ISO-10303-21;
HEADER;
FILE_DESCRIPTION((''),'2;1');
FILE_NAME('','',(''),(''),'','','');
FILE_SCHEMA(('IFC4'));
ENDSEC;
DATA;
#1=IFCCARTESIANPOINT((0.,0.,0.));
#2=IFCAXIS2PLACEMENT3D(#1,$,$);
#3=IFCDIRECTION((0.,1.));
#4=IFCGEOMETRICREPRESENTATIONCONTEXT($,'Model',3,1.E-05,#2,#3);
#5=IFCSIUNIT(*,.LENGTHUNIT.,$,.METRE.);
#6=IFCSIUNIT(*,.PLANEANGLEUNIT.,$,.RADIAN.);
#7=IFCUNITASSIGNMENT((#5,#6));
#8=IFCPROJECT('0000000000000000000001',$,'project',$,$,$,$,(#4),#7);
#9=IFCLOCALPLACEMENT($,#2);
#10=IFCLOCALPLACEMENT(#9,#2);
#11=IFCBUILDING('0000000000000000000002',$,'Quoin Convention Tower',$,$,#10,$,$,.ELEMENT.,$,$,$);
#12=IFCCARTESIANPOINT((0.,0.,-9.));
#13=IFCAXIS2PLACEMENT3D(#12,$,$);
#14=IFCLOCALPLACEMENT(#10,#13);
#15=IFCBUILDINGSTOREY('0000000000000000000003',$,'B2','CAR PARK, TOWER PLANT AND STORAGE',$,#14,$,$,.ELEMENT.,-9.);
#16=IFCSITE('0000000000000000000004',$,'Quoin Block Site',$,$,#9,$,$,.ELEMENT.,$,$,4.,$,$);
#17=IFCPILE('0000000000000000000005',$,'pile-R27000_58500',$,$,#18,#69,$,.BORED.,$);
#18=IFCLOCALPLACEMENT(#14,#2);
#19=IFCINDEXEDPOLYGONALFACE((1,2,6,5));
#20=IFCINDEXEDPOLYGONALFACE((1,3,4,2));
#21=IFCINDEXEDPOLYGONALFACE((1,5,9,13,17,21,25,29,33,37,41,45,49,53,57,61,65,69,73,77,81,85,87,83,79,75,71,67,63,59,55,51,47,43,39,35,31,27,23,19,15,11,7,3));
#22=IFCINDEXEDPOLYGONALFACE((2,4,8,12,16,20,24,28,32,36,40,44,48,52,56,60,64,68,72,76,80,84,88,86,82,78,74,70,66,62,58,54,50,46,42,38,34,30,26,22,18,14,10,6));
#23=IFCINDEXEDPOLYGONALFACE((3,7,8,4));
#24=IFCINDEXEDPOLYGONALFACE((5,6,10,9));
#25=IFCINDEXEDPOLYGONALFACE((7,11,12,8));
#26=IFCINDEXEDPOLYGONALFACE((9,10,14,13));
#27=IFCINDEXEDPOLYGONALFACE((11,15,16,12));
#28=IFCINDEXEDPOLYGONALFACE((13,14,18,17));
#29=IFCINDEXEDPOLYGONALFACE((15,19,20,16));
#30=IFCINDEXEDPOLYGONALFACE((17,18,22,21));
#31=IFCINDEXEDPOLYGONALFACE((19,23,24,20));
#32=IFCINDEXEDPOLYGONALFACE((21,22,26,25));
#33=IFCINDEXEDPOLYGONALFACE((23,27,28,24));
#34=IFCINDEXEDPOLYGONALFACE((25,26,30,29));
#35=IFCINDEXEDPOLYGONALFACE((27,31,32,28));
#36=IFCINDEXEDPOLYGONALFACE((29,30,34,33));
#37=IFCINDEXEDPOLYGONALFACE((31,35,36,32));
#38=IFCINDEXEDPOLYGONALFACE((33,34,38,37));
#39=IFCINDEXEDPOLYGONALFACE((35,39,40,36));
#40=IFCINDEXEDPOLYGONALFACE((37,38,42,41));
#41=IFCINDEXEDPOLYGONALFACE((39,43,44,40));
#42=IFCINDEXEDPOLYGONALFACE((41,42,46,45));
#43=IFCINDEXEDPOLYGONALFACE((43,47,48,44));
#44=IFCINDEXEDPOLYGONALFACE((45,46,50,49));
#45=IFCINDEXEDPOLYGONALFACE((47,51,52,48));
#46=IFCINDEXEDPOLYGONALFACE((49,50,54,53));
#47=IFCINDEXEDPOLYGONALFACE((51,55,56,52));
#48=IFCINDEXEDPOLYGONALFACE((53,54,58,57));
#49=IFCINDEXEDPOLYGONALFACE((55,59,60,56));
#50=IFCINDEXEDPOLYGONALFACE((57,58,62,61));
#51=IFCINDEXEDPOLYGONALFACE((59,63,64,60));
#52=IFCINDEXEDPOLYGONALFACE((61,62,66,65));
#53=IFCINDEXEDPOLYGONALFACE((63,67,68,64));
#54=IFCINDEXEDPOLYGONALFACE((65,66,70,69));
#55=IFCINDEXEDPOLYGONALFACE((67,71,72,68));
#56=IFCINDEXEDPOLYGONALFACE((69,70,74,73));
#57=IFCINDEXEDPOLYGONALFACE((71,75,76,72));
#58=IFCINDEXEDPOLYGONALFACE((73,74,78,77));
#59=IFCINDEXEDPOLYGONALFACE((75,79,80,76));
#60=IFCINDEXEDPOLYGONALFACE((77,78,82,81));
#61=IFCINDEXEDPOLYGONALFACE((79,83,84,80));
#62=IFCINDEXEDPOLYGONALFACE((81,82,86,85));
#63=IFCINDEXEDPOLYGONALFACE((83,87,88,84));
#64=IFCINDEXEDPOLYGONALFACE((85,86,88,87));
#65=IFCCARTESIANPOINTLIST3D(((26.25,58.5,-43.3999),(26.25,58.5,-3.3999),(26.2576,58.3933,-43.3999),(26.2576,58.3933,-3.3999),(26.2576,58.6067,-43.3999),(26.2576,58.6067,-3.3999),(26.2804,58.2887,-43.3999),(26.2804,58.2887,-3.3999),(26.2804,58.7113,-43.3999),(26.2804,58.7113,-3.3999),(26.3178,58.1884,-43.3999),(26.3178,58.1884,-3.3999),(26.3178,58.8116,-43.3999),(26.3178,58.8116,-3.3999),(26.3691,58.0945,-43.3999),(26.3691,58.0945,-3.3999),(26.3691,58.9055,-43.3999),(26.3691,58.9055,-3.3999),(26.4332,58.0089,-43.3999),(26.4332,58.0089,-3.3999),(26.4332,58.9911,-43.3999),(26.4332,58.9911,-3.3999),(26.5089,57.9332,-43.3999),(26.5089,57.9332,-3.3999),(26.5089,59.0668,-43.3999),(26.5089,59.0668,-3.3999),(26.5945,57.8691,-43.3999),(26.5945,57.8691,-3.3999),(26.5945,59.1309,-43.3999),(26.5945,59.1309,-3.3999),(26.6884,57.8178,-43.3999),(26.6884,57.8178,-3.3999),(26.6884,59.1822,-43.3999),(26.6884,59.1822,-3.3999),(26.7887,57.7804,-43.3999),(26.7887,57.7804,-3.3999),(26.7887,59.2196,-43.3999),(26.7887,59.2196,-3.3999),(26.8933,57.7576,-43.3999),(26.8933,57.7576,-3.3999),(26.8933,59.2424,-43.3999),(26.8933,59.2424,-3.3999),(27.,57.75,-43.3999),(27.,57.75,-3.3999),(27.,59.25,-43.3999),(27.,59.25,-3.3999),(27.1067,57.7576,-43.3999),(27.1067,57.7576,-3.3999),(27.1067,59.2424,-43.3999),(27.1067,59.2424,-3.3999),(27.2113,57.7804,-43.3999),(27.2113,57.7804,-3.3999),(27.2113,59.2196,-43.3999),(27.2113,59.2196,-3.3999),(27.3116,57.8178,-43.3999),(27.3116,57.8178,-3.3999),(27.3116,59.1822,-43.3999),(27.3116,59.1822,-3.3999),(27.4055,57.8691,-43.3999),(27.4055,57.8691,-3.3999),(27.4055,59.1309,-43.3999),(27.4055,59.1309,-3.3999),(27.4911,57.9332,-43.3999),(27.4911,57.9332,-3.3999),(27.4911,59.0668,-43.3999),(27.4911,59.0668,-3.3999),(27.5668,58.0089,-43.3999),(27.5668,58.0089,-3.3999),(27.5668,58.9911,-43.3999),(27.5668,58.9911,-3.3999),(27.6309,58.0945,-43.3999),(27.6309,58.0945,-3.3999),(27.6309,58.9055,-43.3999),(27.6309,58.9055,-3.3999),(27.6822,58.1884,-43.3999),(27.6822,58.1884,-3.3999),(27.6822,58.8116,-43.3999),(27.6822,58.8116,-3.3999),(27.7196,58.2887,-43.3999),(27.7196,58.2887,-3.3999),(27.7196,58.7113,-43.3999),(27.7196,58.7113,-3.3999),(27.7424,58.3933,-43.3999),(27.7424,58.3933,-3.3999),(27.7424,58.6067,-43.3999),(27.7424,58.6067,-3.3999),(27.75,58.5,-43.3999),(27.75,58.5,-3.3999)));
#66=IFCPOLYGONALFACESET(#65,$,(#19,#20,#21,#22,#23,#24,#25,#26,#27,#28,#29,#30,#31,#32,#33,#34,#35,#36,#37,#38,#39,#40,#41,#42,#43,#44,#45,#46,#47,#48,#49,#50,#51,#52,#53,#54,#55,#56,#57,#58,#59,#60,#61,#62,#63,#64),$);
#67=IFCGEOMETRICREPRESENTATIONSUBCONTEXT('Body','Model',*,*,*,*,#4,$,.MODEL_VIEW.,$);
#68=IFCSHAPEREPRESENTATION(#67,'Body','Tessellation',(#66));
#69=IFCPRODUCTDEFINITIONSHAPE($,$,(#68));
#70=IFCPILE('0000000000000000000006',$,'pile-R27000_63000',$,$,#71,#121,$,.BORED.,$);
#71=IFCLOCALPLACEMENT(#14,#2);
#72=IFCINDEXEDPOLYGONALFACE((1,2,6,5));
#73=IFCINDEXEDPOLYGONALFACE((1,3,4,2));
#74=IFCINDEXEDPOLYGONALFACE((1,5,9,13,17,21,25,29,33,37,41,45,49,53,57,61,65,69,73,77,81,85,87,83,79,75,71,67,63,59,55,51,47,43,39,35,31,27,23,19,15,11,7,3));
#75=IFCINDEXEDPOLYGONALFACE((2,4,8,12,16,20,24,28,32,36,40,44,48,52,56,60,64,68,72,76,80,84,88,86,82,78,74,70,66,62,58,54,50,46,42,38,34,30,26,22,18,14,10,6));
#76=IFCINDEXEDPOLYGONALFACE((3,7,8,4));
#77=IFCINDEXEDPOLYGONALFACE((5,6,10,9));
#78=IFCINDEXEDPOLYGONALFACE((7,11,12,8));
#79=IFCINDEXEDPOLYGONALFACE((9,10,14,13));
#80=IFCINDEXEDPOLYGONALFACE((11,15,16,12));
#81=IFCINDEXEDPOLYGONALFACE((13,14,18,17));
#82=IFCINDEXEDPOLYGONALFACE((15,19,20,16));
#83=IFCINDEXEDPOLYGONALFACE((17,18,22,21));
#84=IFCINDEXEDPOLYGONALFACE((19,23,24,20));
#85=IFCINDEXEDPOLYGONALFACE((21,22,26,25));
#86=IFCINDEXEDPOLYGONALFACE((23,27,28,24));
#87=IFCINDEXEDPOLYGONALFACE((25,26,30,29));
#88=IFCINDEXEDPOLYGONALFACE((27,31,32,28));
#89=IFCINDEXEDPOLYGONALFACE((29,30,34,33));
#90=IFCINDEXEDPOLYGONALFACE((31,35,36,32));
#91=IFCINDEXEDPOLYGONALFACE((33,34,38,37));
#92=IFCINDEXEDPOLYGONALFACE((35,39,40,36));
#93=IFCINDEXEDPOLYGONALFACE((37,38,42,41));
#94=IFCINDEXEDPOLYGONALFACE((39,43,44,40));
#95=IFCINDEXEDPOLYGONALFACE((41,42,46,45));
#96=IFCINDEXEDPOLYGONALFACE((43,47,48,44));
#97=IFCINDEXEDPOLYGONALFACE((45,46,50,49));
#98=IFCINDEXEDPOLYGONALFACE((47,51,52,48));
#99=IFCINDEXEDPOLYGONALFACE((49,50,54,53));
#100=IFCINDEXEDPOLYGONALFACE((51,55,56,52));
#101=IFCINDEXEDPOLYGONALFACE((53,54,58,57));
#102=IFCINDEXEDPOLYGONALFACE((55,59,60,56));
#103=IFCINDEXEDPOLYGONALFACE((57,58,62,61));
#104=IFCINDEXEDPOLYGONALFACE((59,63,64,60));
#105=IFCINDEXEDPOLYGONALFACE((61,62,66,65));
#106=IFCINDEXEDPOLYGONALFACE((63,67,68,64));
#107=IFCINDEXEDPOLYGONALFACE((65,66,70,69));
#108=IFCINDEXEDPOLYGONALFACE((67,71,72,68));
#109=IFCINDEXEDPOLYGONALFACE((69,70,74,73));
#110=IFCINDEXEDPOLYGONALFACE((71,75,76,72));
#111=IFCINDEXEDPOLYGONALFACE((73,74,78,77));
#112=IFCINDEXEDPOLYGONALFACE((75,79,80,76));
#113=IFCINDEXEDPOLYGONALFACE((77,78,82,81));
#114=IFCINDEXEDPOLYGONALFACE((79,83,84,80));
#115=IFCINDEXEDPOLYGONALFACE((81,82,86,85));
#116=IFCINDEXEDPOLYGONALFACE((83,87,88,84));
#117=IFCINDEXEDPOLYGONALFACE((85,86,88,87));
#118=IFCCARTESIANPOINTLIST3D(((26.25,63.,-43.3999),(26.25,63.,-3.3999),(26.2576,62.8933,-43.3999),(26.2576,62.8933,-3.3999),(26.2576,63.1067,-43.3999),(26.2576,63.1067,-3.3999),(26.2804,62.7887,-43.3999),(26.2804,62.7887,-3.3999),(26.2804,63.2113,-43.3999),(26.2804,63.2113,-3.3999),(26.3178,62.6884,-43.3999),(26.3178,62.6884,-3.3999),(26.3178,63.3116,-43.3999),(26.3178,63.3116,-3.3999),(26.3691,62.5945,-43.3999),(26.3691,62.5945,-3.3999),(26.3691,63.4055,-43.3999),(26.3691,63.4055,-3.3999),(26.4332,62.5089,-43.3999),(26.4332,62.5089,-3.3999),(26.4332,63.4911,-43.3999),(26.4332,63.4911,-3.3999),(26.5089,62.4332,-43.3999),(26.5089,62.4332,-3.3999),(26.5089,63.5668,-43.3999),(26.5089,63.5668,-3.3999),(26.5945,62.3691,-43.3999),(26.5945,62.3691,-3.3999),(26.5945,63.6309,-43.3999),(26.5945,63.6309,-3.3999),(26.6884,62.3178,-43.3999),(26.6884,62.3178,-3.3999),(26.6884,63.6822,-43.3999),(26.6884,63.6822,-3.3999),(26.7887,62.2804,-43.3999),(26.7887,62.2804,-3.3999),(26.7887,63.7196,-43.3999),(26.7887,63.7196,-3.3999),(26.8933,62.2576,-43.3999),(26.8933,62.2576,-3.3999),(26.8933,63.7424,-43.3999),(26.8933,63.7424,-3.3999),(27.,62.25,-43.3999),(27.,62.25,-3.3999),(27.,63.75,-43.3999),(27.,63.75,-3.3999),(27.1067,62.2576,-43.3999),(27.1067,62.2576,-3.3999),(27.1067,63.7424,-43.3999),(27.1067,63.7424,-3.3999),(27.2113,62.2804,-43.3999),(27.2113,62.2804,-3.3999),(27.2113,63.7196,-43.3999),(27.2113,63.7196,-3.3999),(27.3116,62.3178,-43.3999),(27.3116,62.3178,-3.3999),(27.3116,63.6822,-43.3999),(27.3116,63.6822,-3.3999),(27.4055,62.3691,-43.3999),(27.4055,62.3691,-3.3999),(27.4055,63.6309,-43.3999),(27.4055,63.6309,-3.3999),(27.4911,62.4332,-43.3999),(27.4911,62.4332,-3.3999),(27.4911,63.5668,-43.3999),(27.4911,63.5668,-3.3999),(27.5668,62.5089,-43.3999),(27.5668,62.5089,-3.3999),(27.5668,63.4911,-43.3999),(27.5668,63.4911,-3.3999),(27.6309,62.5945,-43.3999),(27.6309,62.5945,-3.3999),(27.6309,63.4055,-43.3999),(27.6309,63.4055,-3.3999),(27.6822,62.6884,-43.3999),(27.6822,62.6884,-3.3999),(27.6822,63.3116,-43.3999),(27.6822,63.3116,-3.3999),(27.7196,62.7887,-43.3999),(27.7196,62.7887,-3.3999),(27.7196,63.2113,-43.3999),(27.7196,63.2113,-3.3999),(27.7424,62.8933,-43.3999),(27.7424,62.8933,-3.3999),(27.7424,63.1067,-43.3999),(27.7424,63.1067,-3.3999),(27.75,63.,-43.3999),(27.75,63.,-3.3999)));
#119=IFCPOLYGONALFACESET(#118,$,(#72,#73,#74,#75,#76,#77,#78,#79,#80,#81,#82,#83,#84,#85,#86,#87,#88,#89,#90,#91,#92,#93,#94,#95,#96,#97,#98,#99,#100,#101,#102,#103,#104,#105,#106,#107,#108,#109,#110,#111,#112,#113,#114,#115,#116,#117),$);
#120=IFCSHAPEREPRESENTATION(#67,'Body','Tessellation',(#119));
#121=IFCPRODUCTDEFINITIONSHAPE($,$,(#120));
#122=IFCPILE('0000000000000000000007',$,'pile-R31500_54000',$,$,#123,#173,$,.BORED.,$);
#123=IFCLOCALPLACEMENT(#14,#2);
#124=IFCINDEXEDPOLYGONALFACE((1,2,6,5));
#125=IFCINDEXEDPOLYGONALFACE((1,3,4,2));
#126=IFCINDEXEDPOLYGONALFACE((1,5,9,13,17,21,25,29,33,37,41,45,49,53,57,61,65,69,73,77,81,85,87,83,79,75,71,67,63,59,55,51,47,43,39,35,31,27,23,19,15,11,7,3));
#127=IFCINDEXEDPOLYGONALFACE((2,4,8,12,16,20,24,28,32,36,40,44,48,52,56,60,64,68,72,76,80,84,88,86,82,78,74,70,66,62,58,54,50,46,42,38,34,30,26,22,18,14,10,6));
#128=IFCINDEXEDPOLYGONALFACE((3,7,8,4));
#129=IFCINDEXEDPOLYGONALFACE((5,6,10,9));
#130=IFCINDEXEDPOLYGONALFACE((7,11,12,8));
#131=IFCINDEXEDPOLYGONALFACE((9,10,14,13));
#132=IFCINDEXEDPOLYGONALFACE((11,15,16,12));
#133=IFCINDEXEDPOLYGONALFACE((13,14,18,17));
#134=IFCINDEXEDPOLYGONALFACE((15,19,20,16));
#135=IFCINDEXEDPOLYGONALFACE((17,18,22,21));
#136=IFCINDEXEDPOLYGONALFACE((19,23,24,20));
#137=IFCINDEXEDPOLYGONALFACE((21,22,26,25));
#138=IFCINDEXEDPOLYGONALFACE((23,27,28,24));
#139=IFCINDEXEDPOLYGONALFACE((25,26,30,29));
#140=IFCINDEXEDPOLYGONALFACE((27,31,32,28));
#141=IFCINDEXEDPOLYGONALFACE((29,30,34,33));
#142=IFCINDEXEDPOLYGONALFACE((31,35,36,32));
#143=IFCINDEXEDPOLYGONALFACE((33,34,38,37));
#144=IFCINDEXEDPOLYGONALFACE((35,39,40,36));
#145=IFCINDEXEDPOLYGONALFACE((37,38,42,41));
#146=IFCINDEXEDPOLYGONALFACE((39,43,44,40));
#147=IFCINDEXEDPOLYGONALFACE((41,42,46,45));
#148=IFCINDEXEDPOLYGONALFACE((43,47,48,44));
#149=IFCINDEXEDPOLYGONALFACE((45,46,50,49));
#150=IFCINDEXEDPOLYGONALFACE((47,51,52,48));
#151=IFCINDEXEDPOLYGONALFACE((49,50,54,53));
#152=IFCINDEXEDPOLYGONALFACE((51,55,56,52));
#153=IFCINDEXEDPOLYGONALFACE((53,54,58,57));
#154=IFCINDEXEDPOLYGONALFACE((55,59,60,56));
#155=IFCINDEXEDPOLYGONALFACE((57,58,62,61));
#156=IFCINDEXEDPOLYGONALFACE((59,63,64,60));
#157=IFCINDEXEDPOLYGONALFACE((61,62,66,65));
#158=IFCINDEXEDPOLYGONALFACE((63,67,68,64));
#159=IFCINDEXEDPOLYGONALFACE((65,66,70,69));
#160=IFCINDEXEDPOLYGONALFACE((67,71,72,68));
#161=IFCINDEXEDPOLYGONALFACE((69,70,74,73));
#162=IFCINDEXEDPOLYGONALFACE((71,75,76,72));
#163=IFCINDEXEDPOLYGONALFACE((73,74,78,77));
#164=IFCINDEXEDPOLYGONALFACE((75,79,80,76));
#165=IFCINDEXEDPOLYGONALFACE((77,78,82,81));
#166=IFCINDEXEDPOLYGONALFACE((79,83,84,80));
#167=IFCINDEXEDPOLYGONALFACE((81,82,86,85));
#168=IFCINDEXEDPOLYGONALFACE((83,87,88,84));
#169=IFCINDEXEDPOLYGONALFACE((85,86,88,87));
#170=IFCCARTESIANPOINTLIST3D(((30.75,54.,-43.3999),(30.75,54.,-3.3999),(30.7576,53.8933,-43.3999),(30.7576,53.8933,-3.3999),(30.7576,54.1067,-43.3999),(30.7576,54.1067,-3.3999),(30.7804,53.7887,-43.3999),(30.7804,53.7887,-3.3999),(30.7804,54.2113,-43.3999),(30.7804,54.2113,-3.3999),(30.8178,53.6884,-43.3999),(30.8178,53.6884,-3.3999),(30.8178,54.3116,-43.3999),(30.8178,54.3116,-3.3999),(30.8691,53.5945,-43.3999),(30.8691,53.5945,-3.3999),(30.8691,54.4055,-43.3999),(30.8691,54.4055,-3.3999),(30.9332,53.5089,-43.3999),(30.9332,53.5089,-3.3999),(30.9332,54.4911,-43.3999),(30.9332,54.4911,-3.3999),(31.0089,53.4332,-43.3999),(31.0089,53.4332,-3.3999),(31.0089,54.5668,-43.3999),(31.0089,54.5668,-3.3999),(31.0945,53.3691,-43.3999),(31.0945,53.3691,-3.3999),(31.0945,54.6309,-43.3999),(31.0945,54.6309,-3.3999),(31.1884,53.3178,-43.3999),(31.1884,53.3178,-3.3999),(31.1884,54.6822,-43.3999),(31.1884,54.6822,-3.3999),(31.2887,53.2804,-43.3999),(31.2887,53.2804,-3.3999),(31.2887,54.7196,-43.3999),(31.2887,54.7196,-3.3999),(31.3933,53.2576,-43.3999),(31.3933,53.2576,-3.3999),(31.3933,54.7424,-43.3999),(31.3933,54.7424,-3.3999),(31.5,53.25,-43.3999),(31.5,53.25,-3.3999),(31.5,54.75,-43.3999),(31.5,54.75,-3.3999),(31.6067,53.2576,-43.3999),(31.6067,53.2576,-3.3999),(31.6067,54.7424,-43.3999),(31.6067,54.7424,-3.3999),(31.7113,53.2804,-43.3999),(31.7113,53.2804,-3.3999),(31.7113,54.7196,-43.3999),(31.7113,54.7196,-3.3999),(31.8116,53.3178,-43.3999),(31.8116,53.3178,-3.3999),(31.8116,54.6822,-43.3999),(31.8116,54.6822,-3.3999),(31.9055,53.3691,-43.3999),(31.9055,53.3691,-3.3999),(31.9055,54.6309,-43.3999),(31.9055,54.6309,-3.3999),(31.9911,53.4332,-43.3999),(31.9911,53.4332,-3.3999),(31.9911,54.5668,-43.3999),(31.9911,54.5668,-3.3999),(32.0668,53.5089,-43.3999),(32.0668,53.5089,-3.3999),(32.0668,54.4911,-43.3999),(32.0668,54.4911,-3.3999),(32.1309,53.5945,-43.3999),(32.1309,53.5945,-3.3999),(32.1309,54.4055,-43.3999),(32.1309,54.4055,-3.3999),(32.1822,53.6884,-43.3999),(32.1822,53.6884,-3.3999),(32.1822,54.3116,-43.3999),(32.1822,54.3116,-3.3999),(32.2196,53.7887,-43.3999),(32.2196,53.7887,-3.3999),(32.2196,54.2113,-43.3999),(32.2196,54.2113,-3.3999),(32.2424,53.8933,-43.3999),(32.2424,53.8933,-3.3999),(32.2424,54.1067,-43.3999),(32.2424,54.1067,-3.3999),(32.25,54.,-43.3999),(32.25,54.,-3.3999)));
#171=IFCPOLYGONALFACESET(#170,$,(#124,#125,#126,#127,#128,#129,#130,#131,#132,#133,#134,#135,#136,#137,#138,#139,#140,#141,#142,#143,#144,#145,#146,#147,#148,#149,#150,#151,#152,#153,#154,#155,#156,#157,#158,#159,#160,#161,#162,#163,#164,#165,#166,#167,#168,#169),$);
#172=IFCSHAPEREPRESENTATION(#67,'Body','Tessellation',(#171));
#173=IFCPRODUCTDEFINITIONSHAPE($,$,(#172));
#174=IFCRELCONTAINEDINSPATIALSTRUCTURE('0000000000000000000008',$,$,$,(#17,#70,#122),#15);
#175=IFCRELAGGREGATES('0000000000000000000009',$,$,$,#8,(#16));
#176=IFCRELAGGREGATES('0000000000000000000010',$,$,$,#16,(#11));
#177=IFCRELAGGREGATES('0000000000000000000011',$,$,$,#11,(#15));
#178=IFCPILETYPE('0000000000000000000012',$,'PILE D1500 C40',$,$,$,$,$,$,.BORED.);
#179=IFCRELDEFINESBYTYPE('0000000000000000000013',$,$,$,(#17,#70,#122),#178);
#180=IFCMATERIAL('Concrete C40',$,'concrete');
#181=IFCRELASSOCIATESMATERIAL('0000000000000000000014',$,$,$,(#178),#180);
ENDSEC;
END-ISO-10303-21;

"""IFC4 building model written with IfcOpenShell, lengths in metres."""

from ifc_helpers import new_model, si_unit, direction, frame, origin, origin_2d, place, context, subcontext, project, spatial, circle, extrude, material, material_profile, profile_set, type_object, element, save


model = new_model("IFC4")

# Units and contexts
model_context = context("Model", 3, precision=1e-05, world=origin(), true_north=direction((0.0, 1.0)))
body_context = subcontext(model_context, "Body", "Model", "MODEL_VIEW")
ifc_project = project(units=[si_unit("LENGTHUNIT", "METRE"), si_unit("PLANEANGLEUNIT", "RADIAN")], contexts=[model_context])

# Site, building, storey
site_placement = place(None, origin())
site = spatial("IfcSite", under=ifc_project, at=site_placement, Name="Quoin Block Site", CompositionType="ELEMENT", RefElevation=4.0)
building_placement = place(site_placement, origin())
building = spatial("IfcBuilding", under=site, at=building_placement, Name="Quoin Convention Tower", CompositionType="ELEMENT")
storey_placement = place(building_placement, frame((0.0, 0.0, -9.0)))
storey = spatial("IfcBuildingStorey", under=building, at=storey_placement, Name="B2", Description="CAR PARK, TOWER PLANT AND STORAGE", CompositionType="ELEMENT", Elevation=-9.0)

# Piles
ifc_material_1 = material(Name="Concrete C40", Category="concrete")
ifc_material_profile_1 = material_profile(ifc_material_1, circle(Radius=0.75, at=origin_2d()), Name="D1500")
ifc_profile_set_1 = profile_set([ifc_material_profile_1], Name="Concrete C40")
pile_type = type_object("IfcPileType", Name="PILE D1500 C40", PredefinedType="BORED", material=ifc_profile_set_1)
for number, where, z_axis, x_axis, name in (
    (1, (27.0, 58.5, -3.3999), (0.0, 0.0, -1.0), (1.0, 0.0, 0.0), "pile-R27000_58500"),
    (2, (27.0, 63.0, -3.3999), (0.0, 0.0, -1.0), (1.0, 0.0, 0.0), "pile-R27000_63000"),
    (3, (31.5, 54.0, -3.3999), (0.0, 0.0, -1.0), (1.0, 0.0, 0.0), "pile-R31500_54000"),
):
    element("IfcPile", number, at=place(storey_placement, frame(where, z_axis=z_axis, x_axis=x_axis)), inside=storey, type_object=pile_type, Name=name, PredefinedType="BORED", context=body_context, shape_type="SweptSolid", body=[
        extrude(circle(Radius=0.75, at=origin_2d()), origin(), (0.0, 0.0, 1.0), 40.0),
    ])

save(model, "model.ifc")
